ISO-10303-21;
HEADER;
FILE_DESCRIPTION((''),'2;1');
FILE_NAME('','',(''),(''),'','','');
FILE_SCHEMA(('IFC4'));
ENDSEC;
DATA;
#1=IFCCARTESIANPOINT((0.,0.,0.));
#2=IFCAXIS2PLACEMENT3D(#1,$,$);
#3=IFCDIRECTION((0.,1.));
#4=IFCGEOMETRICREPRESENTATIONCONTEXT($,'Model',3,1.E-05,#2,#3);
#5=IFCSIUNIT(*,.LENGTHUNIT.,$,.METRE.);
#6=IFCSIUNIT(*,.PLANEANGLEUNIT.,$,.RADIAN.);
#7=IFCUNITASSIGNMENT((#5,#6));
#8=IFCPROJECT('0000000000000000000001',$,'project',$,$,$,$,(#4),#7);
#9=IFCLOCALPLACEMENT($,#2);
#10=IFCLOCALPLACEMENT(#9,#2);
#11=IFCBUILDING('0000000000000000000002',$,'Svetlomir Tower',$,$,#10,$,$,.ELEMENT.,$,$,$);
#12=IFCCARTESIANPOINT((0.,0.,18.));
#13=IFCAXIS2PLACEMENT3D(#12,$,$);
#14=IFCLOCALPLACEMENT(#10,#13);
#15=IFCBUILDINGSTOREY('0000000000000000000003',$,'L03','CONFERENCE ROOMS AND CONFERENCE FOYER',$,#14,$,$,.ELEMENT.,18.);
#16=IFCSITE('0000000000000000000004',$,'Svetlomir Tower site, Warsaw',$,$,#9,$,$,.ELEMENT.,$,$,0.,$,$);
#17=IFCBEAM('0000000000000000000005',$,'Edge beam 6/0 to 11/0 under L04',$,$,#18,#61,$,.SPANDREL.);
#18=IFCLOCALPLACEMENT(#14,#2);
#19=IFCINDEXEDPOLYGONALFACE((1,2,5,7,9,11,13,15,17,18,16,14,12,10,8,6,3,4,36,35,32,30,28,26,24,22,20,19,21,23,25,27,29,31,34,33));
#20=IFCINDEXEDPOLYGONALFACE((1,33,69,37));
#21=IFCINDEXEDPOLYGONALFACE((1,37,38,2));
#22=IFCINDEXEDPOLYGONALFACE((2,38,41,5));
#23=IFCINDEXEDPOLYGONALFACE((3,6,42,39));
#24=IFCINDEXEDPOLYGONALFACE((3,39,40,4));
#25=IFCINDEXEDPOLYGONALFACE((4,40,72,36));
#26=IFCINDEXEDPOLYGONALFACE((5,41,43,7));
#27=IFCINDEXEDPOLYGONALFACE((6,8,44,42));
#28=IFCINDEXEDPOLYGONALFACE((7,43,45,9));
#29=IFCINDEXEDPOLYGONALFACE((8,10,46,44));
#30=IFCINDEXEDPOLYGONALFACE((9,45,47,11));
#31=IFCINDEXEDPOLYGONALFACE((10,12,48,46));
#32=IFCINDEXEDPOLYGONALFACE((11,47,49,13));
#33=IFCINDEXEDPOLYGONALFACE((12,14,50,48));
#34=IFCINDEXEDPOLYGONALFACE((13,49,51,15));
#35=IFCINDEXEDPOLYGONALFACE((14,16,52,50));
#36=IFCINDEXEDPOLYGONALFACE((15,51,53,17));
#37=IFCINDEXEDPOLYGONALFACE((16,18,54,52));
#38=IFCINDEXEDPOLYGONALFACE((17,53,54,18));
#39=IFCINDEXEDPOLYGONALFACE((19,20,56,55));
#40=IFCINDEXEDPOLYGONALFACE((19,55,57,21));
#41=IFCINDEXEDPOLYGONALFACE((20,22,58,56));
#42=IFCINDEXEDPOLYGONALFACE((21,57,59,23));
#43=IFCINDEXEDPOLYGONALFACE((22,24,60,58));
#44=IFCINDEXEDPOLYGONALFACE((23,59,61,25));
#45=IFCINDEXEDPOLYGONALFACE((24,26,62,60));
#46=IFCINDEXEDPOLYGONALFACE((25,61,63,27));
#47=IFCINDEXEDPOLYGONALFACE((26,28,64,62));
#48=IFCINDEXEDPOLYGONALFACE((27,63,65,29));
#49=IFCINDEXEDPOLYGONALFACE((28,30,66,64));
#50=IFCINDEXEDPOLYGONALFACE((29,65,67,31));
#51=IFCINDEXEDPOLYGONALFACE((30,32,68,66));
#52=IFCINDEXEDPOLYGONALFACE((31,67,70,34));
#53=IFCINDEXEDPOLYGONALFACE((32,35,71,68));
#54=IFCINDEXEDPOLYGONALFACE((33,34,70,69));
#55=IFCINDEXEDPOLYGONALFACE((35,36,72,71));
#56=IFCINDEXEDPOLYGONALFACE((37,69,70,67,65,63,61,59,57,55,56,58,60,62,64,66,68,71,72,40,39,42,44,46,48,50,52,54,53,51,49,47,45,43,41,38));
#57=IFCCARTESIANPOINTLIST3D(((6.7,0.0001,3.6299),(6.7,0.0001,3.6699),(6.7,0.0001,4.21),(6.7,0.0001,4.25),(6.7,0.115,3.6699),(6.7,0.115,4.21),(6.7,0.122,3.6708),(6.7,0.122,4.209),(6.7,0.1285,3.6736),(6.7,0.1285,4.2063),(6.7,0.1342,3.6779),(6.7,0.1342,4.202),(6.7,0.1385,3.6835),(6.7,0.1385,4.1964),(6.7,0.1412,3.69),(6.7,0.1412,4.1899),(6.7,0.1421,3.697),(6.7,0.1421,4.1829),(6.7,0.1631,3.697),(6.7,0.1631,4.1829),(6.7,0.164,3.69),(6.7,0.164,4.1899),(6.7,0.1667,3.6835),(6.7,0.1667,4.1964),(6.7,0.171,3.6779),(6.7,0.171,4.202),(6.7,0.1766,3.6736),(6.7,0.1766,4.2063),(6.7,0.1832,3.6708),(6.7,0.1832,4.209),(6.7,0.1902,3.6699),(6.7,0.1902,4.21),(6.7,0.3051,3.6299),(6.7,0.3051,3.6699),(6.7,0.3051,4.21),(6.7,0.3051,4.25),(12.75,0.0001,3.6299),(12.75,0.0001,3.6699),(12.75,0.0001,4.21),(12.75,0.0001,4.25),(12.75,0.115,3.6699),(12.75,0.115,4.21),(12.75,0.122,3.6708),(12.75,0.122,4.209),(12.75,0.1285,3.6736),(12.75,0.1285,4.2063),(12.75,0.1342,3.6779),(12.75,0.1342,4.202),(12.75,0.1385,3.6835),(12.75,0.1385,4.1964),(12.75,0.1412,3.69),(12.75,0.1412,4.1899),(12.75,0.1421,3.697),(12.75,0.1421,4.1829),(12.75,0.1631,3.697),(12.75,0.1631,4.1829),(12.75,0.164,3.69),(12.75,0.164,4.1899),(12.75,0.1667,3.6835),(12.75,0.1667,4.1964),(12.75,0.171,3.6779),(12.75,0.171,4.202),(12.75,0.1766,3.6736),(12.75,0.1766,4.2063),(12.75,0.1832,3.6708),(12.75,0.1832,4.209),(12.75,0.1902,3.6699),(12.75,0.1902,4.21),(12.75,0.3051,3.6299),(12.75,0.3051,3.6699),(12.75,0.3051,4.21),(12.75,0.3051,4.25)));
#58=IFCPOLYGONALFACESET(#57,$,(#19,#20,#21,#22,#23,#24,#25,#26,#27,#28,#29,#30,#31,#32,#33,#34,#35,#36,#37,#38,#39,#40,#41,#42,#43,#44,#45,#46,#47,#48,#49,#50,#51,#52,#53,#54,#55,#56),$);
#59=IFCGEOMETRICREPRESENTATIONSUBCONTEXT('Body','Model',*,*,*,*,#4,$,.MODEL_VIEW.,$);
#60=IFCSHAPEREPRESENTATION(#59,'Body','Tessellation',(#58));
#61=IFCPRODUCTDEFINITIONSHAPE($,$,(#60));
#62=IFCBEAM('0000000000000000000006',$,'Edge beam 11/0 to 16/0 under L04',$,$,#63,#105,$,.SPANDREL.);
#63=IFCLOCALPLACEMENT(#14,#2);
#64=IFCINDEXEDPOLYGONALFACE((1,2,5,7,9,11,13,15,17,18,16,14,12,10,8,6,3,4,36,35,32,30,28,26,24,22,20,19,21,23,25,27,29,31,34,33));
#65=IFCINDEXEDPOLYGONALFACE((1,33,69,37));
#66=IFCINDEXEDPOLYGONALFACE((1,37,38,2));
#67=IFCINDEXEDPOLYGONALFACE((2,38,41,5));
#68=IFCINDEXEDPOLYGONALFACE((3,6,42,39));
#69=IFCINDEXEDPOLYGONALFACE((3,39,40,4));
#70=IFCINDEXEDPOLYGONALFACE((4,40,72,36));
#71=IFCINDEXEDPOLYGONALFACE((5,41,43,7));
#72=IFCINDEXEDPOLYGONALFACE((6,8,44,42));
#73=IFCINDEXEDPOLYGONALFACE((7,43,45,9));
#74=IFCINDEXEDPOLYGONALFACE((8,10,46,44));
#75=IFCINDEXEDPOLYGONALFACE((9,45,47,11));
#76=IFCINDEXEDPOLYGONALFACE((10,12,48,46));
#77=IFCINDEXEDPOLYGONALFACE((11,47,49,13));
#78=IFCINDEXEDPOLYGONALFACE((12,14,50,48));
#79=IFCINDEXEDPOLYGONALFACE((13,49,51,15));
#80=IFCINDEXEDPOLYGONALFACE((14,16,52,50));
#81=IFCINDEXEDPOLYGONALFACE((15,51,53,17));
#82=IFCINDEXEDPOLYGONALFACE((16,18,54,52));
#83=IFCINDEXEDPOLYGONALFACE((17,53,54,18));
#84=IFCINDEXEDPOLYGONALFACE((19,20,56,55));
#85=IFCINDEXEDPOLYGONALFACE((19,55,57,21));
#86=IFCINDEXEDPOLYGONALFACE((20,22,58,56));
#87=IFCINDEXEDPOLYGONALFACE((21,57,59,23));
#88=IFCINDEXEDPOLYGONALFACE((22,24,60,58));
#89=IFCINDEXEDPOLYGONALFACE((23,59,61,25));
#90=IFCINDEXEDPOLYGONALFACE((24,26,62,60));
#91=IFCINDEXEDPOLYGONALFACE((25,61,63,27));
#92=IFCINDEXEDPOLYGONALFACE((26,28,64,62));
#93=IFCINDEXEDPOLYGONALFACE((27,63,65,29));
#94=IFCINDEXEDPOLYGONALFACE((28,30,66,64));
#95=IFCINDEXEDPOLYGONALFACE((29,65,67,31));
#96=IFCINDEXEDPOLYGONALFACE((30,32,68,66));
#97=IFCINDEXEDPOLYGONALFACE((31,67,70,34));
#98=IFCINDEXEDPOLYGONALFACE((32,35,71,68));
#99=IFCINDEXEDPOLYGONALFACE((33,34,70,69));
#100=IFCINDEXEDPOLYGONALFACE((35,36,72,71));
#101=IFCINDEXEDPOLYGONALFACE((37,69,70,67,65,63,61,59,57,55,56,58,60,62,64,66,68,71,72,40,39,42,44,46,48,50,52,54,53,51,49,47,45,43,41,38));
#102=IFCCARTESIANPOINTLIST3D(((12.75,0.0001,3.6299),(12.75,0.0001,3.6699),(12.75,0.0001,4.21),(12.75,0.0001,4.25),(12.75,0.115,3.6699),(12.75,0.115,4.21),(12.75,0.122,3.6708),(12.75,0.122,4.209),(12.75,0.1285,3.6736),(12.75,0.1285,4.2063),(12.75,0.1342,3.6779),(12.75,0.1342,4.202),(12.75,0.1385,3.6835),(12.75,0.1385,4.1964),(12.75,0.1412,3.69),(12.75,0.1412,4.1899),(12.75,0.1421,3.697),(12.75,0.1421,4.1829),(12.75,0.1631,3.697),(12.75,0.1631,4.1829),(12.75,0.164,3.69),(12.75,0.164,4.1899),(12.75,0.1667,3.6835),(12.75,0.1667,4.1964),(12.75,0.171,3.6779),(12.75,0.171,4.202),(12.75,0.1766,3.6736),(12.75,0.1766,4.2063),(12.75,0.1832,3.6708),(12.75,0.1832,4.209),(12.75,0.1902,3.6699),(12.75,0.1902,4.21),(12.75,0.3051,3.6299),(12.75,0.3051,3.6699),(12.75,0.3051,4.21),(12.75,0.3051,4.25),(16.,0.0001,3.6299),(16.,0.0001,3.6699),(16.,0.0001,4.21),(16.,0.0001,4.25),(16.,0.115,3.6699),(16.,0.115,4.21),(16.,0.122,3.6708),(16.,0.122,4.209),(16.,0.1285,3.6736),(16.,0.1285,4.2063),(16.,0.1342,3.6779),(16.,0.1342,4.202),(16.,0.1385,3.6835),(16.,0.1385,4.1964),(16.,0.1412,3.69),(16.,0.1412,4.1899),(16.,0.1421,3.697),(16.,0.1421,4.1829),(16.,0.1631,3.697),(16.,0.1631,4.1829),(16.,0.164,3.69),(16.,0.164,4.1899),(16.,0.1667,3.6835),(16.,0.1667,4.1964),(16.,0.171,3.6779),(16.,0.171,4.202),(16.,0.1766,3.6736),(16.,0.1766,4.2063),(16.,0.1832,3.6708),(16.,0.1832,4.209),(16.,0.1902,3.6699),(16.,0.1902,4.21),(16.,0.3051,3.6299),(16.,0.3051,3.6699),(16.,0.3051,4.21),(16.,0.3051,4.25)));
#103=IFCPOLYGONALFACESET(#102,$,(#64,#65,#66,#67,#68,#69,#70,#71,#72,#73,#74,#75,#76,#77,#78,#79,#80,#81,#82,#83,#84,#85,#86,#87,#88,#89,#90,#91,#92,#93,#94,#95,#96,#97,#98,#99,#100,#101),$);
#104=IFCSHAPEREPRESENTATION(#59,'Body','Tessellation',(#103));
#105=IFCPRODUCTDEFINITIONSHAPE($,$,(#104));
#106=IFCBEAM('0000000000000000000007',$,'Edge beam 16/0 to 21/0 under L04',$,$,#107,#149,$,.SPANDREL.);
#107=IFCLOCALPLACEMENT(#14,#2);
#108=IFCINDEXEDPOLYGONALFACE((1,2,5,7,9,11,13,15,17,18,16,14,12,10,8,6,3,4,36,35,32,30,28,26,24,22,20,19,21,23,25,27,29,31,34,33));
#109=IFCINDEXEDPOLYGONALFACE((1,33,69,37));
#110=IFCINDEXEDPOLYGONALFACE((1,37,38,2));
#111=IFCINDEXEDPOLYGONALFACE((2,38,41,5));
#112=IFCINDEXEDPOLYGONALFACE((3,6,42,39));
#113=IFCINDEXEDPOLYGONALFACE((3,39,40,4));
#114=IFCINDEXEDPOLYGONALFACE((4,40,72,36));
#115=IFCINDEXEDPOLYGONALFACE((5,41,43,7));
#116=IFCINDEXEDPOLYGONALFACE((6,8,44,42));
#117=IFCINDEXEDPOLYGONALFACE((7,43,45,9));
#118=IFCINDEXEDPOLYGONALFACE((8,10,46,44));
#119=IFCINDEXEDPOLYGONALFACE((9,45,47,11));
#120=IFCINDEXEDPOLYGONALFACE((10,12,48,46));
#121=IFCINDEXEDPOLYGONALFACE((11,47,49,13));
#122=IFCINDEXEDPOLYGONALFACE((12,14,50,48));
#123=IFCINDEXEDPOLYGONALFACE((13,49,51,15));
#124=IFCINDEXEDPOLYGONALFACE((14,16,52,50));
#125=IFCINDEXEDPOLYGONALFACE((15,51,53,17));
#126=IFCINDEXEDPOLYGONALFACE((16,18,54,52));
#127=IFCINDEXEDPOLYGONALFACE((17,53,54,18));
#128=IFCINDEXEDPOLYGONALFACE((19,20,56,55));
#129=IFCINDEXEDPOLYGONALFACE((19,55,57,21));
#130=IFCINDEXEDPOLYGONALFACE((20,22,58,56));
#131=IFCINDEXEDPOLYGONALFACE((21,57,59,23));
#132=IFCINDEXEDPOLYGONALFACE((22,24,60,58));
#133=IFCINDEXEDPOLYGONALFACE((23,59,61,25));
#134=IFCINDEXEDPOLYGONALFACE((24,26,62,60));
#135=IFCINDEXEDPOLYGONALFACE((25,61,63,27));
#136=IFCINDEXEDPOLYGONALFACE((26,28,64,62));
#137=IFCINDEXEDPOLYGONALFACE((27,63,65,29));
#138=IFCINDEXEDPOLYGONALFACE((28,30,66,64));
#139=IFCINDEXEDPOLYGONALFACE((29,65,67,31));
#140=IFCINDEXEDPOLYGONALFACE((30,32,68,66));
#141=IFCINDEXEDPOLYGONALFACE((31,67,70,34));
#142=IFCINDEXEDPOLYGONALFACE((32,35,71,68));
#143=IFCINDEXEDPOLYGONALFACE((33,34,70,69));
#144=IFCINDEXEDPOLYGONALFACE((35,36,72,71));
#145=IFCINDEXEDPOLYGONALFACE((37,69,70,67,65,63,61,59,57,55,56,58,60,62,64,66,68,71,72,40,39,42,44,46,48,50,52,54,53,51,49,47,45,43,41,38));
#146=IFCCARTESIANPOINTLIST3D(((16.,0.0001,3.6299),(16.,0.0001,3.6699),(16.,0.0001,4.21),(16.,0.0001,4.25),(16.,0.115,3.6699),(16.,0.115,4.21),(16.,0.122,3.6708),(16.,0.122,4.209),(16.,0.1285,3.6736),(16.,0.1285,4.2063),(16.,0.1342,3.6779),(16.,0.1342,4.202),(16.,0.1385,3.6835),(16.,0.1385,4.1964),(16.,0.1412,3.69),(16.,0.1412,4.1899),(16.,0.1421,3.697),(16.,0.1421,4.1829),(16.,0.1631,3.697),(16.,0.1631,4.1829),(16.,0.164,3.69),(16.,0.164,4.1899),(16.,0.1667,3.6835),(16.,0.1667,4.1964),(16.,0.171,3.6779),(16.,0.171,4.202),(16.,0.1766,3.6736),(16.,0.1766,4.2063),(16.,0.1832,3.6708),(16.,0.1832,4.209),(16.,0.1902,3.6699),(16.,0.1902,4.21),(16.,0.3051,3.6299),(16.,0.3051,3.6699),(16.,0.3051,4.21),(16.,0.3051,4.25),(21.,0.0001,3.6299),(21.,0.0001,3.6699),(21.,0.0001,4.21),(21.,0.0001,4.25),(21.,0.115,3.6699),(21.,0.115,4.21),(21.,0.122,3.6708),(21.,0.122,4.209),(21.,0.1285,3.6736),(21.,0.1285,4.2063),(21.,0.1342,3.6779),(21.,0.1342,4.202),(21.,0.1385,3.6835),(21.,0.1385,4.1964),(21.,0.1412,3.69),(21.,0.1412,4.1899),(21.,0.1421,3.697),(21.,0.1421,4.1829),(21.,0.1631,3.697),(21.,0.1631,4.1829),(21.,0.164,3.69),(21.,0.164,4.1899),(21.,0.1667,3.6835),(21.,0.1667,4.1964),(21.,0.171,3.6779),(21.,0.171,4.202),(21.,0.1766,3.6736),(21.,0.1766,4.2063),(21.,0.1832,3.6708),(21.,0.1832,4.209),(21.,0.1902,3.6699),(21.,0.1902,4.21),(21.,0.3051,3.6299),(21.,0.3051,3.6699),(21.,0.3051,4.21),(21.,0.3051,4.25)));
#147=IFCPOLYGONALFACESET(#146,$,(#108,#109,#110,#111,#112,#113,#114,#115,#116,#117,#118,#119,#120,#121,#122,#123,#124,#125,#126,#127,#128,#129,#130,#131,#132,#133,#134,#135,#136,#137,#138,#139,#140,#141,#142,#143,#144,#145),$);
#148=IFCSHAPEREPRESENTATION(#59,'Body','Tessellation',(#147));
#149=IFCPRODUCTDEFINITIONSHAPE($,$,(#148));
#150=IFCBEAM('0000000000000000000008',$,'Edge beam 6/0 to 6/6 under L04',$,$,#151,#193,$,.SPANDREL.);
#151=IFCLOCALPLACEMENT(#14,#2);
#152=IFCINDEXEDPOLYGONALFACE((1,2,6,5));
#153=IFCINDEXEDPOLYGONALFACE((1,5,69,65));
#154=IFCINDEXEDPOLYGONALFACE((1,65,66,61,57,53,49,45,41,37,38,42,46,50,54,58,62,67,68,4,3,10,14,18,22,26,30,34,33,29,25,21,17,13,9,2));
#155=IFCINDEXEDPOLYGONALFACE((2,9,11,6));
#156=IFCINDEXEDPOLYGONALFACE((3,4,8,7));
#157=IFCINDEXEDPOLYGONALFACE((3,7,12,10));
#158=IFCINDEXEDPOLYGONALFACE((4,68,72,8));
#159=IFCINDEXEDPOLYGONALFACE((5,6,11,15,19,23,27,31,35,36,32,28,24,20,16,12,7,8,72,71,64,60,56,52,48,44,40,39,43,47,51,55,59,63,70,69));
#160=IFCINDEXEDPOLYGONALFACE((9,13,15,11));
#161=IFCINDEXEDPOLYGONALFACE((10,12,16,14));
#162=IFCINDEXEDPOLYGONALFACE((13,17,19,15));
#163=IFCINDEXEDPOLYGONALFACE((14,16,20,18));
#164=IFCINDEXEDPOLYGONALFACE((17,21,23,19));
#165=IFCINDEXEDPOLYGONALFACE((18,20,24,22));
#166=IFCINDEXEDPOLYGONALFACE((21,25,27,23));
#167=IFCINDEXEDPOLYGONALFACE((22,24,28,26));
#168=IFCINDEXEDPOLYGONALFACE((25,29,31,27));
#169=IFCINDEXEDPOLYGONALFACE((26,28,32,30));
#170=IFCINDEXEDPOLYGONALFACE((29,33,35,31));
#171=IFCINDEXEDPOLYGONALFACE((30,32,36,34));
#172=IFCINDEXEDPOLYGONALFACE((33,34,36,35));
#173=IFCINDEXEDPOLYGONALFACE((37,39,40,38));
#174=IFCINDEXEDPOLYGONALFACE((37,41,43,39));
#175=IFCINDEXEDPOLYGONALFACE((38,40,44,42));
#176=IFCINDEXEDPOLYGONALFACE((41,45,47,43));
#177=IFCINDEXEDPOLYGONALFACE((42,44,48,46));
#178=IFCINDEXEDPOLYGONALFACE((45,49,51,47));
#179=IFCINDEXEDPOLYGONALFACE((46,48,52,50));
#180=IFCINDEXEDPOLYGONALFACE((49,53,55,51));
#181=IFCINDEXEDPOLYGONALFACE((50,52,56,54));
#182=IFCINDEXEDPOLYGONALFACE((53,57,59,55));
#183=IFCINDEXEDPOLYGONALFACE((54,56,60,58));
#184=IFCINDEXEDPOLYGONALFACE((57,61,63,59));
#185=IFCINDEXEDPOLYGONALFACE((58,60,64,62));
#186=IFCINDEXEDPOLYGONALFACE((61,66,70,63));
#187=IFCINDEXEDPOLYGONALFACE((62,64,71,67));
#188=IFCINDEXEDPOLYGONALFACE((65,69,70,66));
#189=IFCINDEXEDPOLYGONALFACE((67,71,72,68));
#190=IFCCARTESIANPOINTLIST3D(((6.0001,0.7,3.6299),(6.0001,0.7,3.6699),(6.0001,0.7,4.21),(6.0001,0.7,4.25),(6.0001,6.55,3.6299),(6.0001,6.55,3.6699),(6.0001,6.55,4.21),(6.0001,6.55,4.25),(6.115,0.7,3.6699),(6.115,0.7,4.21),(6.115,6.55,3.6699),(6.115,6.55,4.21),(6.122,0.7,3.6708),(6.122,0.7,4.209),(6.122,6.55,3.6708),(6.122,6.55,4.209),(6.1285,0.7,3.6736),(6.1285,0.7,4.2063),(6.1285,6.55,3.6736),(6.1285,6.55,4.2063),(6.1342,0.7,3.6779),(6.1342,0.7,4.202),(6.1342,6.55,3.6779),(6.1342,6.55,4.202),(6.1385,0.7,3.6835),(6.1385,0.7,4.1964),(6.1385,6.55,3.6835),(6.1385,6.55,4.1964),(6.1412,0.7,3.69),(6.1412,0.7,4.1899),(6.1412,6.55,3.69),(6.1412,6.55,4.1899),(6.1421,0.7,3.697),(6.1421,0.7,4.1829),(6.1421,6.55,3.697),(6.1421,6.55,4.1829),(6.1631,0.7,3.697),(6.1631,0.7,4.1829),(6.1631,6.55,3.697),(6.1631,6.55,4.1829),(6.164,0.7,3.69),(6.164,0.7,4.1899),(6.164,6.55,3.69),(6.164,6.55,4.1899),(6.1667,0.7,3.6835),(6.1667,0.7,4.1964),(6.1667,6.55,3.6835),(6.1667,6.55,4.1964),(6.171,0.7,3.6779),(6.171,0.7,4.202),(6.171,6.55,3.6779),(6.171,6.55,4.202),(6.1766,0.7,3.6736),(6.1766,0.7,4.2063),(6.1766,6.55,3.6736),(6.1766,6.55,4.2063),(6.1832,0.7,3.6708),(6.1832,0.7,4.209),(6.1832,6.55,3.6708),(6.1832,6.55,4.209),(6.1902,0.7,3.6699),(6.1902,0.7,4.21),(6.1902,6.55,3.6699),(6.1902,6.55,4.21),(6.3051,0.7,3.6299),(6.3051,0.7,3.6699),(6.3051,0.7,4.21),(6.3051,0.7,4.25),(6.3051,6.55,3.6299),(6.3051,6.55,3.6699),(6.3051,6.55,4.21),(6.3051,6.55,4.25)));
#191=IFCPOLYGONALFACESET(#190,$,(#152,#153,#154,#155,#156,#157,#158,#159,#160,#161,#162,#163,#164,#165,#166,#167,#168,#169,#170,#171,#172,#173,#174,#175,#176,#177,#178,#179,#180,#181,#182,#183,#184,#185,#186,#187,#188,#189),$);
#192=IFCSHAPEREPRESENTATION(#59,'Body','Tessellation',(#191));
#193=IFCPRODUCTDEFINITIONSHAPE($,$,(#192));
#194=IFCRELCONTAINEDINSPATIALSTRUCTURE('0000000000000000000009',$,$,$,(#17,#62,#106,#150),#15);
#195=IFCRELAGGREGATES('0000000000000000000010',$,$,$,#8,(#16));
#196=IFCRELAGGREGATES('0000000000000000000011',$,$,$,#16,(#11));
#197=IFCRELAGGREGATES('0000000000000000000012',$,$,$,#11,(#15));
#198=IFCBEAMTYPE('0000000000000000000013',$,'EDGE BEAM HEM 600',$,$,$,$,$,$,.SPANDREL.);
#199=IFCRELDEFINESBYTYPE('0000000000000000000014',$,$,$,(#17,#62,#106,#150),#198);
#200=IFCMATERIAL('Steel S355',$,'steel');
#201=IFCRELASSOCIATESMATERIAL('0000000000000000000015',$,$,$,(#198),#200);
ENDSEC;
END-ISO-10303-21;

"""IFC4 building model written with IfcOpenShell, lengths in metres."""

from ifc_helpers import new_model, si_unit, direction, frame, origin, origin_2d, place, context, subcontext, project, spatial, i_section, extrude, material, material_profile, profile_set, type_object, element, save


model = new_model("IFC4")

# Units and contexts
model_context = context("Model", 3, precision=1e-05, world=origin(), true_north=direction((0.0, 1.0)))
body_context = subcontext(model_context, "Body", "Model", "MODEL_VIEW")
ifc_project = project(units=[si_unit("LENGTHUNIT", "METRE"), si_unit("PLANEANGLEUNIT", "RADIAN")], contexts=[model_context])

# Site, building, storey
site_placement = place(None, origin())
site = spatial("IfcSite", under=ifc_project, at=site_placement, Name="Svetlomir Tower site, Warsaw", CompositionType="ELEMENT", RefElevation=0.0)
building_placement = place(site_placement, origin())
building = spatial("IfcBuilding", under=site, at=building_placement, Name="Svetlomir Tower", CompositionType="ELEMENT")
storey_placement = place(building_placement, frame((0.0, 0.0, 18.0)))
storey = spatial("IfcBuildingStorey", under=building, at=storey_placement, Name="L03", Description="CONFERENCE ROOMS AND CONFERENCE FOYER", CompositionType="ELEMENT", Elevation=18.0)

# Beams
ifc_material_1 = material(Name="Steel S355", Category="steel")
ifc_material_profile_1 = material_profile(ifc_material_1, i_section(OverallWidth=0.3049, OverallDepth=0.6201, WebThickness=0.021, FlangeThickness=0.04, FilletRadius=0.0271, at=origin_2d()), Name="HEM 600")
ifc_profile_set_1 = profile_set([ifc_material_profile_1], Name="Steel S355")
beam_type = type_object("IfcBeamType", Name="EDGE BEAM HEM 600", PredefinedType="SPANDREL", material=ifc_profile_set_1)
beam_1_placement = place(storey_placement, frame((6.7, 0.1526, 3.9399), z_axis=(1.0, 0.0, 0.0), x_axis=(0.0, 1.0, 0.0)))
element("IfcBeam", 1, at=beam_1_placement, inside=storey, type_object=beam_type, Name="Edge beam 6/0 to 11/0 under L04", PredefinedType="SPANDREL", context=body_context, shape_type="SweptSolid", body=[
    extrude(i_section(OverallWidth=0.3049, OverallDepth=0.6201, WebThickness=0.021, FlangeThickness=0.04, FilletRadius=0.0271, at=origin_2d()), origin(), (0.0, 0.0, 1.0), 6.05),
])
beam_2_placement = place(storey_placement, frame((12.75, 0.1526, 3.9399), z_axis=(1.0, 0.0, 0.0), x_axis=(0.0, 1.0, 0.0)))
element("IfcBeam", 2, at=beam_2_placement, inside=storey, type_object=beam_type, Name="Edge beam 11/0 to 16/0 under L04", PredefinedType="SPANDREL", context=body_context, shape_type="SweptSolid", body=[
    extrude(i_section(OverallWidth=0.3049, OverallDepth=0.6201, WebThickness=0.021, FlangeThickness=0.04, FilletRadius=0.0271, at=origin_2d()), origin(), (0.0, 0.0, 1.0), 3.25),
])
beam_3_placement = place(storey_placement, frame((16.0, 0.1526, 3.9399), z_axis=(1.0, 0.0, 0.0), x_axis=(0.0, 1.0, 0.0)))
element("IfcBeam", 3, at=beam_3_placement, inside=storey, type_object=beam_type, Name="Edge beam 16/0 to 21/0 under L04", PredefinedType="SPANDREL", context=body_context, shape_type="SweptSolid", body=[
    extrude(i_section(OverallWidth=0.3049, OverallDepth=0.6201, WebThickness=0.021, FlangeThickness=0.04, FilletRadius=0.0271, at=origin_2d()), origin(), (0.0, 0.0, 1.0), 5.0),
])
beam_4_placement = place(storey_placement, frame((6.1526, 0.7, 3.9399), z_axis=(0.0, 1.0, 0.0), x_axis=(-1.0, 0.0, 0.0)))
element("IfcBeam", 4, at=beam_4_placement, inside=storey, type_object=beam_type, Name="Edge beam 6/0 to 6/6 under L04", PredefinedType="SPANDREL", context=body_context, shape_type="SweptSolid", body=[
    extrude(i_section(OverallWidth=0.3049, OverallDepth=0.6201, WebThickness=0.021, FlangeThickness=0.04, FilletRadius=0.0271, at=origin_2d()), origin(), (0.0, 0.0, 1.0), 5.8501),
])

save(model, "model.ifc")
